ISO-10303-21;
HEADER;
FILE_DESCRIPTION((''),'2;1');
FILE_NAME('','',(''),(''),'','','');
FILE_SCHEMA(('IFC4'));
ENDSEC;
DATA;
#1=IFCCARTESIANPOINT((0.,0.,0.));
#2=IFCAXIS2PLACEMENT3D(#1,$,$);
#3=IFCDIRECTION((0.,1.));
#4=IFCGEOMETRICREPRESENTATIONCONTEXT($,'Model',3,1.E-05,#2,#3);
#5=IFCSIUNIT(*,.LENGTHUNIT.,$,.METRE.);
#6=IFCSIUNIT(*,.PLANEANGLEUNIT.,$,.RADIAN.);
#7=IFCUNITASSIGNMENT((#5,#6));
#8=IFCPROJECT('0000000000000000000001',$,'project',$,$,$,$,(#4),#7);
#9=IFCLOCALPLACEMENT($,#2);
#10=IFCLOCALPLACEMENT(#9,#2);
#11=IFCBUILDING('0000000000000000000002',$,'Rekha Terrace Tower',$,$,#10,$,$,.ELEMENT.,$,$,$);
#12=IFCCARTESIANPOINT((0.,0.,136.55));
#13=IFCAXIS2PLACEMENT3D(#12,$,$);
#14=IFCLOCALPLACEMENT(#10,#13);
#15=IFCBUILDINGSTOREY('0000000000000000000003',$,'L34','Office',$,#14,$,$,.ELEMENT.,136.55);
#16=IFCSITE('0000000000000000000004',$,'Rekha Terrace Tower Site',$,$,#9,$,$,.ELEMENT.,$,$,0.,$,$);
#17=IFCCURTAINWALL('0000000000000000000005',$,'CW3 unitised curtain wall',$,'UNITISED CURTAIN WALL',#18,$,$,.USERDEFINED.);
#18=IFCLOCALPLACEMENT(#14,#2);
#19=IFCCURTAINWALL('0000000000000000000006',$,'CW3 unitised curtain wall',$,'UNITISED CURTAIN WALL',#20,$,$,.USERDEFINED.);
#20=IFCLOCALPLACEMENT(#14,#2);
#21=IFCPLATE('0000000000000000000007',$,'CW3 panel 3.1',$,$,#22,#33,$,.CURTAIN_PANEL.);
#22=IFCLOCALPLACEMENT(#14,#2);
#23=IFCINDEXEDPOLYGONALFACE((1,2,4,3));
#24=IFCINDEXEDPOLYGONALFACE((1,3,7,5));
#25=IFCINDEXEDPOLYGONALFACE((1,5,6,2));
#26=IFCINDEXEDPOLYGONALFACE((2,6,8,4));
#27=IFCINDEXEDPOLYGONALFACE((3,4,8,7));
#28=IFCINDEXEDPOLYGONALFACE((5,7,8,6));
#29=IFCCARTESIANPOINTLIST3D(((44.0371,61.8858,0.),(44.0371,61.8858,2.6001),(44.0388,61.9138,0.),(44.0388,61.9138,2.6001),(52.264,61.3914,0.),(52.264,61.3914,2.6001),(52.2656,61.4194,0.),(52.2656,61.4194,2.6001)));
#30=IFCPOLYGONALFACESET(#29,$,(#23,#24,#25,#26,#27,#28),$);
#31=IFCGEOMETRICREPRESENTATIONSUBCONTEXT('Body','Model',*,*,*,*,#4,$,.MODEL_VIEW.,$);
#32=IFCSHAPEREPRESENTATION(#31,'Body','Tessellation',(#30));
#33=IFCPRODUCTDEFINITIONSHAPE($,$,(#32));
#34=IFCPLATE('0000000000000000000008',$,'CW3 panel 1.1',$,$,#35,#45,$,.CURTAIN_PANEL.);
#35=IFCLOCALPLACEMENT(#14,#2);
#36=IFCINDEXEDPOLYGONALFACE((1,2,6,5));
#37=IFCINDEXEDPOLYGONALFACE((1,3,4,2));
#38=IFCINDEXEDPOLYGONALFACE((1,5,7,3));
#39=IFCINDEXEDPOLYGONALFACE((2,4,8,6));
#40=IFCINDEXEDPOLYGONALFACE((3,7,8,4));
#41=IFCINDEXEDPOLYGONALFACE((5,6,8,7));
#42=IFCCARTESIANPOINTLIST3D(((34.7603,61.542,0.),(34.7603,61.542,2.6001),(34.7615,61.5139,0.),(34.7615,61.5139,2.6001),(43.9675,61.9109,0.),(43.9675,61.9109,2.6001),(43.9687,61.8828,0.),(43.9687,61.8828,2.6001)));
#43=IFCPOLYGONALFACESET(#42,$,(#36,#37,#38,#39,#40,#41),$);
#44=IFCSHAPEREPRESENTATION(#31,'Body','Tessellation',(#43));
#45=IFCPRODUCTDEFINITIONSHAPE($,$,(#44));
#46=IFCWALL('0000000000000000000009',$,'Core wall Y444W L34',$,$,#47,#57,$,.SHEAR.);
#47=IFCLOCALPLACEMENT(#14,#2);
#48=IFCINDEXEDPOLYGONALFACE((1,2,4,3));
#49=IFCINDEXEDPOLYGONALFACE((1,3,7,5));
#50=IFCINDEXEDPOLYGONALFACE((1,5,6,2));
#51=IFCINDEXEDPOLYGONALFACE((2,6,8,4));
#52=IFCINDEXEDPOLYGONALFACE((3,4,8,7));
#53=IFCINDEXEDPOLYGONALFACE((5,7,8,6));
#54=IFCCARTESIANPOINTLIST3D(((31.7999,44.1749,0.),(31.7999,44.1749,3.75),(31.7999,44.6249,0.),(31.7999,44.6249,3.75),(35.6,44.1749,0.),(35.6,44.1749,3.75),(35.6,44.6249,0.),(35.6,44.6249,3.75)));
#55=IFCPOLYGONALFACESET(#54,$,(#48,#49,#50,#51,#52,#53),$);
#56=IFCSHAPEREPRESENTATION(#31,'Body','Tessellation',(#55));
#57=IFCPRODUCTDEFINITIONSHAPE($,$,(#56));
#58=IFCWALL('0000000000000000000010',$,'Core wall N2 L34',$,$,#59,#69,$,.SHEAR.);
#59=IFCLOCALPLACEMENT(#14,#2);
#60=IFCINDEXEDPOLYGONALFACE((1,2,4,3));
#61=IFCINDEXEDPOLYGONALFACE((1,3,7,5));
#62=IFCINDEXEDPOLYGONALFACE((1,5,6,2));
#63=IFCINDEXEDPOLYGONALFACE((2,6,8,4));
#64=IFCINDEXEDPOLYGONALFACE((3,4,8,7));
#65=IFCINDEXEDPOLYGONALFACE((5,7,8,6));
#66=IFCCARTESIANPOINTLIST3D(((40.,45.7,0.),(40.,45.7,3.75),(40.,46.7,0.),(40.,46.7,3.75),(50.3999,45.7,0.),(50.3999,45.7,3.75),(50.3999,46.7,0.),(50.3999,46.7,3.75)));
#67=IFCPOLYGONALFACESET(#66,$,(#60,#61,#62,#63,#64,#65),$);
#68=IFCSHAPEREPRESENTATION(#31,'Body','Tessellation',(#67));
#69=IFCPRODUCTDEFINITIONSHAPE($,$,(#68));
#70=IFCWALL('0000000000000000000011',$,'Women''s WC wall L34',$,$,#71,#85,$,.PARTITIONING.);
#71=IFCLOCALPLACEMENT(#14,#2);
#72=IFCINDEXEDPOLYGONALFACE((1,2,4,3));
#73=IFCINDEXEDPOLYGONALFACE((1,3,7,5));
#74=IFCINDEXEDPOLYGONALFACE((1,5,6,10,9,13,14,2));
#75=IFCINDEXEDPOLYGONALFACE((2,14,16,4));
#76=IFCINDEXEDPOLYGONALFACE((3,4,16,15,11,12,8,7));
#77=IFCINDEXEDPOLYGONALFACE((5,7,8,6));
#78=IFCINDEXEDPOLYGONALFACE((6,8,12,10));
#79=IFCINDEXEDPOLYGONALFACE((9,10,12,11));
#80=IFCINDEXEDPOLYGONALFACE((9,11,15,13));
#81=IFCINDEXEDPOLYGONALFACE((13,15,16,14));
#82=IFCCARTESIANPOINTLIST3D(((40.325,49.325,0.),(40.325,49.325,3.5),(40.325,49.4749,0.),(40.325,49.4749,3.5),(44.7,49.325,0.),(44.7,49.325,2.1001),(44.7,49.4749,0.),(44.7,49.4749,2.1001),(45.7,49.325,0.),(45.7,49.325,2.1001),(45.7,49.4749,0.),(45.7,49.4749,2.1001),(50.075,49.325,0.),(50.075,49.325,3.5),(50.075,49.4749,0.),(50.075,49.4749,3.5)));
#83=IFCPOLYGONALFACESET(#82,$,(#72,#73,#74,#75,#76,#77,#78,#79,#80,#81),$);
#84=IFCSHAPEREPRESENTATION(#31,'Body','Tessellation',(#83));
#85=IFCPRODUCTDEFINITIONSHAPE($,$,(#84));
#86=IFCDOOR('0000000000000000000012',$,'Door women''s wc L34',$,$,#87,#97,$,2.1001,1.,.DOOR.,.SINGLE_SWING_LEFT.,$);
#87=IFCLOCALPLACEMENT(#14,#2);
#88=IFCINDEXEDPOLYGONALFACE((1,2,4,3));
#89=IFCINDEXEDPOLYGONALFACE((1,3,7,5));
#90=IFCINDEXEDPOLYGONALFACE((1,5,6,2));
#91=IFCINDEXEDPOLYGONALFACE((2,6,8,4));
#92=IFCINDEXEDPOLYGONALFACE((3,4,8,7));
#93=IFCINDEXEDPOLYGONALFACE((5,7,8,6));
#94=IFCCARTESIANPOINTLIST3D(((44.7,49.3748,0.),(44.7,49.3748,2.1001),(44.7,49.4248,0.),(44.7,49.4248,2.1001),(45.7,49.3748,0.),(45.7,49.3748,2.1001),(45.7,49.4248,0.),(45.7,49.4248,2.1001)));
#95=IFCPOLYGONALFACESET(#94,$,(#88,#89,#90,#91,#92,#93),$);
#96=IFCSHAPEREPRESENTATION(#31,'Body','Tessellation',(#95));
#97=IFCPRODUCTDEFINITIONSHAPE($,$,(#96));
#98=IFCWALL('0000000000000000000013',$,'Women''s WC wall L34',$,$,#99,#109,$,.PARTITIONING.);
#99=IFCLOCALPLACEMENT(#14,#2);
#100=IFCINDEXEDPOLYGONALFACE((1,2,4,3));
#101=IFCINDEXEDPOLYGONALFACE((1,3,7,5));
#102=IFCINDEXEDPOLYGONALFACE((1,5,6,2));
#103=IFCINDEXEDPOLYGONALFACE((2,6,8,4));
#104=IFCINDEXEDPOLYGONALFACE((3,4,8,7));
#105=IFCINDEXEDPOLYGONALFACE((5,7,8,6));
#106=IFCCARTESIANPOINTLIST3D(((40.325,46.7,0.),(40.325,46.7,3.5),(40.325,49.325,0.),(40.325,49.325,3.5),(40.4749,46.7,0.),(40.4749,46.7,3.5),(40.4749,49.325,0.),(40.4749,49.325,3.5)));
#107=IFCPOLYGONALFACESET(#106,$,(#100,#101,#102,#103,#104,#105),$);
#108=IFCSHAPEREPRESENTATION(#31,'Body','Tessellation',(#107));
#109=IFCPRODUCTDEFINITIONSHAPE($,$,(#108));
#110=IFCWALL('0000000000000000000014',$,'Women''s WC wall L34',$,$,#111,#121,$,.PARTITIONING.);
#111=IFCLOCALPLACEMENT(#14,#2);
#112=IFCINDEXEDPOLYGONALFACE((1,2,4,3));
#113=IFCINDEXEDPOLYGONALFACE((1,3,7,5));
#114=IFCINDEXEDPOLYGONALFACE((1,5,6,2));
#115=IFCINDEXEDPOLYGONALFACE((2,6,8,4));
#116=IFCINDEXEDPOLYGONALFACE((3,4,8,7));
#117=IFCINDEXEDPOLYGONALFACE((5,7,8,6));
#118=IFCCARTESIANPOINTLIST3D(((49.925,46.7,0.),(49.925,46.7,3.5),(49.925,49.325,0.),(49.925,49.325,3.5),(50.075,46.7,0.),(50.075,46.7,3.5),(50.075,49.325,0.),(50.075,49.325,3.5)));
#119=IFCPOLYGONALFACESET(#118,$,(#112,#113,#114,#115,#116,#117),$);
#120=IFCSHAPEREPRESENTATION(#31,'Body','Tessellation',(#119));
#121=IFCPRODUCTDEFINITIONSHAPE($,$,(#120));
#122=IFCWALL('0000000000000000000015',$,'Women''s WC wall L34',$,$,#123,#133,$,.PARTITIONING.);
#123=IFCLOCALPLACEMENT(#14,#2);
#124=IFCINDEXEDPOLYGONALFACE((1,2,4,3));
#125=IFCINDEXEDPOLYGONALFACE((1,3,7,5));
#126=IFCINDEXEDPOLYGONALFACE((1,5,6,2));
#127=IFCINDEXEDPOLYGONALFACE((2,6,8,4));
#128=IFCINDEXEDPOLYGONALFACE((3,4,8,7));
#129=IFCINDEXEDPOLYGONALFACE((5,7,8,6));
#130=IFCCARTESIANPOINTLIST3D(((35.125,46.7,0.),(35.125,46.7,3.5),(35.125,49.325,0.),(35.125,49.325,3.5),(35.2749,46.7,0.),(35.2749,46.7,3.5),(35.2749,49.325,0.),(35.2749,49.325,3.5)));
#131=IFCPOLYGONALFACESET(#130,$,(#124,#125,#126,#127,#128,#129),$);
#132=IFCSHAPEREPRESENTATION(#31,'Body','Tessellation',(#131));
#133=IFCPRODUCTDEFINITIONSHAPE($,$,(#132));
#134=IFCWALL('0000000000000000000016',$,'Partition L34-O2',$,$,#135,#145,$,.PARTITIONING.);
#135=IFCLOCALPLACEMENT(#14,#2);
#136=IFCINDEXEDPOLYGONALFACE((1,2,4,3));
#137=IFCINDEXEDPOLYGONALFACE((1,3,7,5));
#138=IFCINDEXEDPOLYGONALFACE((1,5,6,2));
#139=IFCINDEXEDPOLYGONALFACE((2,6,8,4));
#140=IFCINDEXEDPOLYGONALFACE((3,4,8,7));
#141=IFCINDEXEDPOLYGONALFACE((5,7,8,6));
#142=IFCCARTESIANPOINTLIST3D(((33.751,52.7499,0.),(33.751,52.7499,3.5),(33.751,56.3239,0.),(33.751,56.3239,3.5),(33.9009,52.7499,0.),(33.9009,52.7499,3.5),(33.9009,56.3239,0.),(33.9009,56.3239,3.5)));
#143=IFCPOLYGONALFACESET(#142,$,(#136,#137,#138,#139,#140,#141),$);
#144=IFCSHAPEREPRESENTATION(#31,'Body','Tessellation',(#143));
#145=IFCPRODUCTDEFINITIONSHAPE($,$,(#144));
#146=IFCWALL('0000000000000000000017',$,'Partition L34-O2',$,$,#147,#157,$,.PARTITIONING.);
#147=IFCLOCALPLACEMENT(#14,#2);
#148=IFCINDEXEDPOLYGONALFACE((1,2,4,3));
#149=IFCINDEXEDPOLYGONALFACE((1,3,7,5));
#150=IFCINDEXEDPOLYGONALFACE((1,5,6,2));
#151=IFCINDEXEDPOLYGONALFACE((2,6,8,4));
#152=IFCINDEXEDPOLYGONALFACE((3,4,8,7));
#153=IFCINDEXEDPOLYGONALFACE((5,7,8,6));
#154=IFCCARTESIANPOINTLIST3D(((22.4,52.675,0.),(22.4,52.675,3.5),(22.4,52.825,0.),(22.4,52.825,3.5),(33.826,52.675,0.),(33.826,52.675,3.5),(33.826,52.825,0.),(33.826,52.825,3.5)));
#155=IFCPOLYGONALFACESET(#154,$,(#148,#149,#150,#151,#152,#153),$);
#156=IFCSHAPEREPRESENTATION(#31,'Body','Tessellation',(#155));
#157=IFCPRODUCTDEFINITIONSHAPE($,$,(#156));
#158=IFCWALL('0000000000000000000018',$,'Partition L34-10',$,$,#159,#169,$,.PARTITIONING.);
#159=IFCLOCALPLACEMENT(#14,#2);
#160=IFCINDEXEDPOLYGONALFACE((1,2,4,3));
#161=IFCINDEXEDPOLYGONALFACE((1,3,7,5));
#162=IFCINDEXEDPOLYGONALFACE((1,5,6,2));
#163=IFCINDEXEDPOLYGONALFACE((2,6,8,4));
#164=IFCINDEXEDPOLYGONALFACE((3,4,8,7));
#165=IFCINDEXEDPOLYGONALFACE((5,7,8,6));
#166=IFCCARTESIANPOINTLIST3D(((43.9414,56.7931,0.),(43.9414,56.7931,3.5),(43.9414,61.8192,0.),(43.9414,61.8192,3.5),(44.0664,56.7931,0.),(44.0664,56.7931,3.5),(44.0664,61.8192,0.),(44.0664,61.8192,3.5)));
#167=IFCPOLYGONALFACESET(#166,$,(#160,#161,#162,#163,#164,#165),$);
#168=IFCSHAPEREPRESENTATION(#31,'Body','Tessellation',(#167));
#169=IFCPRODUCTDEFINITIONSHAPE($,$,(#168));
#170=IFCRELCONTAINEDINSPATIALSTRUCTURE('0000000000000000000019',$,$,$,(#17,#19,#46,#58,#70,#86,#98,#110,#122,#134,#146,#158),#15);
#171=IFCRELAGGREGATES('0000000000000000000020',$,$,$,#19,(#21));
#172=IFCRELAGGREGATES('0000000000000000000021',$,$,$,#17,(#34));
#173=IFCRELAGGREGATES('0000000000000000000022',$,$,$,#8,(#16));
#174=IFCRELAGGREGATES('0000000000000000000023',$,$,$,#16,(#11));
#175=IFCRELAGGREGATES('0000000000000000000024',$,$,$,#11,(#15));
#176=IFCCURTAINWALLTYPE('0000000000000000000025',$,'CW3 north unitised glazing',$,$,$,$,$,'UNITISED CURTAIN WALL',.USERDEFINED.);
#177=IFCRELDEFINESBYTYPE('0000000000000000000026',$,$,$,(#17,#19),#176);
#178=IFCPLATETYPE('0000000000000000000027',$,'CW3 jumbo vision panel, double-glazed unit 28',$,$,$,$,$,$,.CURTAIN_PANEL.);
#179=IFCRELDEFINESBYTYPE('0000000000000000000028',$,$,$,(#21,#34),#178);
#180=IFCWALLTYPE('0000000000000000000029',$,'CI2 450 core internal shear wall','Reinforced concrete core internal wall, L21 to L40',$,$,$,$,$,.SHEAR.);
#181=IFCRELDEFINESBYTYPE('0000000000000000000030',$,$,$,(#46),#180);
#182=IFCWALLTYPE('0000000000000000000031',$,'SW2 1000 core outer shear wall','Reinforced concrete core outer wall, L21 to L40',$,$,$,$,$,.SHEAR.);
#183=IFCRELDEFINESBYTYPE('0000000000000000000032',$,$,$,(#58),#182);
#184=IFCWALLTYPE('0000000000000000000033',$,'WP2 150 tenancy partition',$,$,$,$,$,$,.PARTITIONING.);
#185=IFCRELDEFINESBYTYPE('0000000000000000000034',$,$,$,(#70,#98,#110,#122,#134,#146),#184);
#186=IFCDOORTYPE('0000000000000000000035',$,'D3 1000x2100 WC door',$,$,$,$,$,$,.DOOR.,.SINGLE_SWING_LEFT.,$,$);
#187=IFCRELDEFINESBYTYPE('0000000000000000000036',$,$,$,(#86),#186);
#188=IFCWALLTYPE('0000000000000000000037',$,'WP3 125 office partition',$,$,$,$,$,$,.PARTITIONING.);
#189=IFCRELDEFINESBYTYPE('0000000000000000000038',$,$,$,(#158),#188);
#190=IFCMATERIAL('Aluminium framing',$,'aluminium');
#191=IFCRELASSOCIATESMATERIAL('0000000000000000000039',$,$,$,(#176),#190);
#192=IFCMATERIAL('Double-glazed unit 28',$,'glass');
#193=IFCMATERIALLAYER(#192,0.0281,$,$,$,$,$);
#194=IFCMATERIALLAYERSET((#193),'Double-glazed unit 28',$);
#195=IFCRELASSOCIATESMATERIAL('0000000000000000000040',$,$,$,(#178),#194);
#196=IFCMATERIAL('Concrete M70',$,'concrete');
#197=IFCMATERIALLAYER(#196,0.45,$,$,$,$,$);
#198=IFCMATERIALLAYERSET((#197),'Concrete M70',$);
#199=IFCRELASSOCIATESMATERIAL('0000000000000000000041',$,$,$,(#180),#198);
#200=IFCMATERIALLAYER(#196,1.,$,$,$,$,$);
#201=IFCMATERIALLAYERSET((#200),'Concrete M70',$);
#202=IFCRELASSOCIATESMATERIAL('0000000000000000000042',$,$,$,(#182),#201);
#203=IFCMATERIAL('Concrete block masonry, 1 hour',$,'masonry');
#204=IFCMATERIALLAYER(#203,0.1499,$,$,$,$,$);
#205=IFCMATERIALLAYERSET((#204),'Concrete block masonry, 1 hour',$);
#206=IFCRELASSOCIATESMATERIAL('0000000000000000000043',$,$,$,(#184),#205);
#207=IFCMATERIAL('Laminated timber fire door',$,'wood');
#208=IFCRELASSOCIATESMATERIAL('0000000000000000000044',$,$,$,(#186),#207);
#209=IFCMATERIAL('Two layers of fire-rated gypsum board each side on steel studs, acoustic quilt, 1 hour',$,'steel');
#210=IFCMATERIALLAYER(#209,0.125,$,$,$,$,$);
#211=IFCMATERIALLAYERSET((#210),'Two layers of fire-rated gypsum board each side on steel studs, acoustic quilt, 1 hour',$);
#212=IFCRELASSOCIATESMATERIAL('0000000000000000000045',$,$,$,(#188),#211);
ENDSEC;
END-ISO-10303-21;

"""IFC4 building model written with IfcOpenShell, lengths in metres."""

from ifc_helpers import new_model, si_unit, direction, frame, frame_2d, origin, origin_2d, place, context, subcontext, project, spatial, rectangle, extrude, material, layer, layer_set, type_object, element, fill, aggregate, save


model = new_model("IFC4")

# Units and contexts
model_context = context("Model", 3, precision=1e-05, world=origin(), true_north=direction((0.0, 1.0)))
body_context = subcontext(model_context, "Body", "Model", "MODEL_VIEW")
ifc_project = project(units=[si_unit("LENGTHUNIT", "METRE"), si_unit("PLANEANGLEUNIT", "RADIAN")], contexts=[model_context])

# Site, building, storey
site_placement = place(None, origin())
site = spatial("IfcSite", under=ifc_project, at=site_placement, Name="Rekha Terrace Tower Site", CompositionType="ELEMENT", RefElevation=0.0)
building_placement = place(site_placement, origin())
building = spatial("IfcBuilding", under=site, at=building_placement, Name="Rekha Terrace Tower", CompositionType="ELEMENT")
storey_placement = place(building_placement, frame((0.0, 0.0, 136.55)))
storey = spatial("IfcBuildingStorey", under=building, at=storey_placement, Name="L34", Description="Office", CompositionType="ELEMENT", Elevation=136.55)

# Shared definitions
ifc_material_1 = material(Name="Concrete M70", Category="concrete")

# Curtain wall
ifc_material_2 = material(Name="Aluminium framing", Category="aluminium")
curtain_wall_type = type_object("IfcCurtainWallType", Name="CW3 north unitised glazing", ElementType="UNITISED CURTAIN WALL", PredefinedType="USERDEFINED", material=ifc_material_2)
curtain_wall_1_placement = place(storey_placement, origin())
curtain_wall_1 = element("IfcCurtainWall", 1, at=curtain_wall_1_placement, inside=storey, type_object=curtain_wall_type, Name="CW3 unitised curtain wall", ObjectType="UNITISED CURTAIN WALL", PredefinedType="USERDEFINED")

# Curtain wall, plate
curtain_wall_2_placement = place(storey_placement, origin())
curtain_wall_2 = element("IfcCurtainWall", 2, at=curtain_wall_2_placement, inside=storey, type_object=curtain_wall_type, Name="CW3 unitised curtain wall", ObjectType="UNITISED CURTAIN WALL", PredefinedType="USERDEFINED")
ifc_material_3 = material(Name="Double-glazed unit 28", Category="glass")
ifc_layer_1 = layer(ifc_material_3, 0.0281)
ifc_layer_set_1 = layer_set([ifc_layer_1], Name="Double-glazed unit 28")
plate_type = type_object("IfcPlateType", Name="CW3 jumbo vision panel, double-glazed unit 28", PredefinedType="CURTAIN_PANEL", material=ifc_layer_set_1)
plate_1_placement = place(storey_placement, frame((48.1514, 61.6526, 0.0), z_axis=(0.0, 0.0, 1.0), x_axis=(-0.998199, 0.059988, 0.0)))
plate_1 = element("IfcPlate", 3, at=plate_1_placement, type_object=plate_type, Name="CW3 panel 3.1", PredefinedType="CURTAIN_PANEL", context=body_context, shape_type="SweptSolid", body=[
    extrude(rectangle(XDim=8.2417, YDim=0.0281, at=origin_2d()), origin(), (0.0, 0.0, 1.0), 2.6001),
])
aggregate(curtain_wall_2, [plate_1])

# Plate
plate_2_placement = place(storey_placement, frame((39.3645, 61.7124, 0.0), z_axis=(0.0, 0.0, 1.0), x_axis=(-0.999198, -0.040032, 0.0)))
plate_2 = element("IfcPlate", 4, at=plate_2_placement, type_object=plate_type, Name="CW3 panel 1.1", PredefinedType="CURTAIN_PANEL", context=body_context, shape_type="SweptSolid", body=[
    extrude(rectangle(XDim=9.2146, YDim=0.0281, at=origin_2d()), origin(), (0.0, 0.0, 1.0), 2.6001),
])
aggregate(curtain_wall_1, [plate_2])

# Walls
ifc_layer_2 = layer(ifc_material_1, 0.45)
ifc_layer_set_2 = layer_set([ifc_layer_2], Name="Concrete M70")
wall_type_1 = type_object("IfcWallType", Name="CI2 450 core internal shear wall", Description="Reinforced concrete core internal wall, L21 to L40", PredefinedType="SHEAR", material=ifc_layer_set_2)
wall_1_placement = place(storey_placement, frame((31.8, 44.3999, 0.0), z_axis=(0.0, 0.0, 1.0), x_axis=(1.0, 0.0, 0.0)))
element("IfcWall", 5, at=wall_1_placement, inside=storey, type_object=wall_type_1, Name="Core wall Y444W L34", PredefinedType="SHEAR", context=body_context, shape_type="SweptSolid", body=[
    extrude(rectangle(XDim=3.8, YDim=0.45, at=frame_2d((1.8999, 0.0))), origin(), (0.0, 0.0, 1.0), 3.75),
])
ifc_layer_3 = layer(ifc_material_1, 1.0)
ifc_layer_set_3 = layer_set([ifc_layer_3], Name="Concrete M70")
wall_type_2 = type_object("IfcWallType", Name="SW2 1000 core outer shear wall", Description="Reinforced concrete core outer wall, L21 to L40", PredefinedType="SHEAR", material=ifc_layer_set_3)
wall_2_placement = place(storey_placement, frame((40.0, 46.2, 0.0), z_axis=(0.0, 0.0, 1.0), x_axis=(1.0, 0.0, 0.0)))
element("IfcWall", 6, at=wall_2_placement, inside=storey, type_object=wall_type_2, Name="Core wall N2 L34", PredefinedType="SHEAR", context=body_context, shape_type="SweptSolid", body=[
    extrude(rectangle(XDim=10.3999, YDim=1.0, at=frame_2d((5.2, 0.0))), origin(), (0.0, 0.0, 1.0), 3.75),
])

# Wall, opening, door
ifc_material_4 = material(Name="Concrete block masonry, 1 hour", Category="masonry")
ifc_layer_4 = layer(ifc_material_4, 0.1499)
ifc_layer_set_4 = layer_set([ifc_layer_4], Name="Concrete block masonry, 1 hour")
wall_type_3 = type_object("IfcWallType", Name="WP2 150 tenancy partition", PredefinedType="PARTITIONING", material=ifc_layer_set_4)
wall_3_placement = place(storey_placement, frame((40.325, 49.3999, 0.0), z_axis=(0.0, 0.0, 1.0), x_axis=(1.0, 0.0, 0.0)))
wall_3 = element("IfcWall", 7, at=wall_3_placement, inside=storey, type_object=wall_type_3, Name="Women's WC wall L34", PredefinedType="PARTITIONING", context=body_context, shape_type="SweptSolid", body=[
    extrude(rectangle(XDim=9.75, YDim=0.1499, at=frame_2d((4.875, 0.0))), origin(), (0.0, 0.0, 1.0), 3.5),
])
opening_1_placement = place(wall_3_placement, frame((4.375, 0.0, 0.0)))
opening_1 = element("IfcOpeningElement", 8, at=opening_1_placement, cuts=wall_3, PredefinedType="OPENING", context=body_context, shape_type="SweptSolid", body=[
    extrude(rectangle(XDim=1.0, YDim=2.1001, at=frame_2d((0.5, 1.05))), frame((0.0, 0.085, 0.0), z_axis=(0.0, -1.0, 0.0), x_axis=(1.0, 0.0, 0.0)), (0.0, 0.0, 1.0), 0.1699),
])
ifc_material_5 = material(Name="Laminated timber fire door", Category="wood")
door_type_1 = type_object("IfcDoorType", Name="D3 1000x2100 WC door", OperationType="SINGLE_SWING_LEFT", PredefinedType="DOOR", material=ifc_material_5)
door_1_placement = place(opening_1_placement, origin())
door_1 = element("IfcDoor", 9, at=door_1_placement, inside=storey, type_object=door_type_1, Name="Door women's wc L34", OperationType="SINGLE_SWING_LEFT", OverallHeight=2.1001, OverallWidth=1.0, PredefinedType="DOOR", context=body_context, shape_type="SweptSolid", body=[
    extrude(rectangle(XDim=1.0, YDim=2.1001, at=frame_2d((0.5, 1.05))), frame((0.0, 0.0249, 0.0), z_axis=(0.0, -1.0, 0.0), x_axis=(1.0, 0.0, 0.0)), (0.0, 0.0, 1.0), 0.05),
])
fill(opening_1, door_1)

# Walls
for number, where, z_axis, x_axis, name in (
    (10, (40.3999, 46.7, 0.0), (0.0, 0.0, 1.0), (0.0, 1.0, 0.0), "Women's WC wall L34"),
    (11, (50.0, 46.7, 0.0), (0.0, 0.0, 1.0), (0.0, 1.0, 0.0), "Women's WC wall L34"),
    (12, (35.2, 46.7, 0.0), (0.0, 0.0, 1.0), (0.0, 1.0, 0.0), "Women's WC wall L34"),
):
    element("IfcWall", number, at=place(storey_placement, frame(where, z_axis=z_axis, x_axis=x_axis)), inside=storey, type_object=wall_type_3, Name=name, PredefinedType="PARTITIONING", context=body_context, shape_type="SweptSolid", body=[
        extrude(rectangle(XDim=2.625, YDim=0.1499, at=frame_2d((1.3125, 0.0))), origin(), (0.0, 0.0, 1.0), 3.5),
    ])
wall_4_placement = place(storey_placement, frame((33.8259, 56.324, 0.0), z_axis=(0.0, 0.0, 1.0), x_axis=(0.0, -1.0, 0.0)))
element("IfcWall", 13, at=wall_4_placement, inside=storey, type_object=wall_type_3, Name="Partition L34-O2", PredefinedType="PARTITIONING", context=body_context, shape_type="SweptSolid", body=[
    extrude(rectangle(XDim=3.574, YDim=0.1499, at=frame_2d((1.7871, 0.0))), origin(), (0.0, 0.0, 1.0), 3.5),
])
wall_5_placement = place(storey_placement, frame((33.8259, 52.75, 0.0), z_axis=(0.0, 0.0, 1.0), x_axis=(-1.0, 0.0, 0.0)))
element("IfcWall", 14, at=wall_5_placement, inside=storey, type_object=wall_type_3, Name="Partition L34-O2", PredefinedType="PARTITIONING", context=body_context, shape_type="SweptSolid", body=[
    extrude(rectangle(XDim=11.426, YDim=0.1499, at=frame_2d((5.7129, 0.0))), origin(), (0.0, 0.0, 1.0), 3.5),
])
ifc_material_6 = material(Name="Two layers of fire-rated gypsum board each side on steel studs, acoustic quilt, 1 hour", Category="steel")
ifc_layer_5 = layer(ifc_material_6, 0.125)
ifc_layer_set_5 = layer_set([ifc_layer_5], Name="Two layers of fire-rated gypsum board each side on steel studs, acoustic quilt, 1 hour")
wall_type_4 = type_object("IfcWallType", Name="WP3 125 office partition", PredefinedType="PARTITIONING", material=ifc_layer_set_5)
wall_6_placement = place(storey_placement, frame((44.0039, 56.793, 0.0), z_axis=(0.0, 0.0, 1.0), x_axis=(0.0, 1.0, 0.0)))
element("IfcWall", 15, at=wall_6_placement, inside=storey, type_object=wall_type_4, Name="Partition L34-10", PredefinedType="PARTITIONING", context=body_context, shape_type="SweptSolid", body=[
    extrude(rectangle(XDim=5.0261, YDim=0.125, at=frame_2d((2.5132, 0.0))), origin(), (0.0, 0.0, 1.0), 3.5),
])

save(model, "model.ifc")
